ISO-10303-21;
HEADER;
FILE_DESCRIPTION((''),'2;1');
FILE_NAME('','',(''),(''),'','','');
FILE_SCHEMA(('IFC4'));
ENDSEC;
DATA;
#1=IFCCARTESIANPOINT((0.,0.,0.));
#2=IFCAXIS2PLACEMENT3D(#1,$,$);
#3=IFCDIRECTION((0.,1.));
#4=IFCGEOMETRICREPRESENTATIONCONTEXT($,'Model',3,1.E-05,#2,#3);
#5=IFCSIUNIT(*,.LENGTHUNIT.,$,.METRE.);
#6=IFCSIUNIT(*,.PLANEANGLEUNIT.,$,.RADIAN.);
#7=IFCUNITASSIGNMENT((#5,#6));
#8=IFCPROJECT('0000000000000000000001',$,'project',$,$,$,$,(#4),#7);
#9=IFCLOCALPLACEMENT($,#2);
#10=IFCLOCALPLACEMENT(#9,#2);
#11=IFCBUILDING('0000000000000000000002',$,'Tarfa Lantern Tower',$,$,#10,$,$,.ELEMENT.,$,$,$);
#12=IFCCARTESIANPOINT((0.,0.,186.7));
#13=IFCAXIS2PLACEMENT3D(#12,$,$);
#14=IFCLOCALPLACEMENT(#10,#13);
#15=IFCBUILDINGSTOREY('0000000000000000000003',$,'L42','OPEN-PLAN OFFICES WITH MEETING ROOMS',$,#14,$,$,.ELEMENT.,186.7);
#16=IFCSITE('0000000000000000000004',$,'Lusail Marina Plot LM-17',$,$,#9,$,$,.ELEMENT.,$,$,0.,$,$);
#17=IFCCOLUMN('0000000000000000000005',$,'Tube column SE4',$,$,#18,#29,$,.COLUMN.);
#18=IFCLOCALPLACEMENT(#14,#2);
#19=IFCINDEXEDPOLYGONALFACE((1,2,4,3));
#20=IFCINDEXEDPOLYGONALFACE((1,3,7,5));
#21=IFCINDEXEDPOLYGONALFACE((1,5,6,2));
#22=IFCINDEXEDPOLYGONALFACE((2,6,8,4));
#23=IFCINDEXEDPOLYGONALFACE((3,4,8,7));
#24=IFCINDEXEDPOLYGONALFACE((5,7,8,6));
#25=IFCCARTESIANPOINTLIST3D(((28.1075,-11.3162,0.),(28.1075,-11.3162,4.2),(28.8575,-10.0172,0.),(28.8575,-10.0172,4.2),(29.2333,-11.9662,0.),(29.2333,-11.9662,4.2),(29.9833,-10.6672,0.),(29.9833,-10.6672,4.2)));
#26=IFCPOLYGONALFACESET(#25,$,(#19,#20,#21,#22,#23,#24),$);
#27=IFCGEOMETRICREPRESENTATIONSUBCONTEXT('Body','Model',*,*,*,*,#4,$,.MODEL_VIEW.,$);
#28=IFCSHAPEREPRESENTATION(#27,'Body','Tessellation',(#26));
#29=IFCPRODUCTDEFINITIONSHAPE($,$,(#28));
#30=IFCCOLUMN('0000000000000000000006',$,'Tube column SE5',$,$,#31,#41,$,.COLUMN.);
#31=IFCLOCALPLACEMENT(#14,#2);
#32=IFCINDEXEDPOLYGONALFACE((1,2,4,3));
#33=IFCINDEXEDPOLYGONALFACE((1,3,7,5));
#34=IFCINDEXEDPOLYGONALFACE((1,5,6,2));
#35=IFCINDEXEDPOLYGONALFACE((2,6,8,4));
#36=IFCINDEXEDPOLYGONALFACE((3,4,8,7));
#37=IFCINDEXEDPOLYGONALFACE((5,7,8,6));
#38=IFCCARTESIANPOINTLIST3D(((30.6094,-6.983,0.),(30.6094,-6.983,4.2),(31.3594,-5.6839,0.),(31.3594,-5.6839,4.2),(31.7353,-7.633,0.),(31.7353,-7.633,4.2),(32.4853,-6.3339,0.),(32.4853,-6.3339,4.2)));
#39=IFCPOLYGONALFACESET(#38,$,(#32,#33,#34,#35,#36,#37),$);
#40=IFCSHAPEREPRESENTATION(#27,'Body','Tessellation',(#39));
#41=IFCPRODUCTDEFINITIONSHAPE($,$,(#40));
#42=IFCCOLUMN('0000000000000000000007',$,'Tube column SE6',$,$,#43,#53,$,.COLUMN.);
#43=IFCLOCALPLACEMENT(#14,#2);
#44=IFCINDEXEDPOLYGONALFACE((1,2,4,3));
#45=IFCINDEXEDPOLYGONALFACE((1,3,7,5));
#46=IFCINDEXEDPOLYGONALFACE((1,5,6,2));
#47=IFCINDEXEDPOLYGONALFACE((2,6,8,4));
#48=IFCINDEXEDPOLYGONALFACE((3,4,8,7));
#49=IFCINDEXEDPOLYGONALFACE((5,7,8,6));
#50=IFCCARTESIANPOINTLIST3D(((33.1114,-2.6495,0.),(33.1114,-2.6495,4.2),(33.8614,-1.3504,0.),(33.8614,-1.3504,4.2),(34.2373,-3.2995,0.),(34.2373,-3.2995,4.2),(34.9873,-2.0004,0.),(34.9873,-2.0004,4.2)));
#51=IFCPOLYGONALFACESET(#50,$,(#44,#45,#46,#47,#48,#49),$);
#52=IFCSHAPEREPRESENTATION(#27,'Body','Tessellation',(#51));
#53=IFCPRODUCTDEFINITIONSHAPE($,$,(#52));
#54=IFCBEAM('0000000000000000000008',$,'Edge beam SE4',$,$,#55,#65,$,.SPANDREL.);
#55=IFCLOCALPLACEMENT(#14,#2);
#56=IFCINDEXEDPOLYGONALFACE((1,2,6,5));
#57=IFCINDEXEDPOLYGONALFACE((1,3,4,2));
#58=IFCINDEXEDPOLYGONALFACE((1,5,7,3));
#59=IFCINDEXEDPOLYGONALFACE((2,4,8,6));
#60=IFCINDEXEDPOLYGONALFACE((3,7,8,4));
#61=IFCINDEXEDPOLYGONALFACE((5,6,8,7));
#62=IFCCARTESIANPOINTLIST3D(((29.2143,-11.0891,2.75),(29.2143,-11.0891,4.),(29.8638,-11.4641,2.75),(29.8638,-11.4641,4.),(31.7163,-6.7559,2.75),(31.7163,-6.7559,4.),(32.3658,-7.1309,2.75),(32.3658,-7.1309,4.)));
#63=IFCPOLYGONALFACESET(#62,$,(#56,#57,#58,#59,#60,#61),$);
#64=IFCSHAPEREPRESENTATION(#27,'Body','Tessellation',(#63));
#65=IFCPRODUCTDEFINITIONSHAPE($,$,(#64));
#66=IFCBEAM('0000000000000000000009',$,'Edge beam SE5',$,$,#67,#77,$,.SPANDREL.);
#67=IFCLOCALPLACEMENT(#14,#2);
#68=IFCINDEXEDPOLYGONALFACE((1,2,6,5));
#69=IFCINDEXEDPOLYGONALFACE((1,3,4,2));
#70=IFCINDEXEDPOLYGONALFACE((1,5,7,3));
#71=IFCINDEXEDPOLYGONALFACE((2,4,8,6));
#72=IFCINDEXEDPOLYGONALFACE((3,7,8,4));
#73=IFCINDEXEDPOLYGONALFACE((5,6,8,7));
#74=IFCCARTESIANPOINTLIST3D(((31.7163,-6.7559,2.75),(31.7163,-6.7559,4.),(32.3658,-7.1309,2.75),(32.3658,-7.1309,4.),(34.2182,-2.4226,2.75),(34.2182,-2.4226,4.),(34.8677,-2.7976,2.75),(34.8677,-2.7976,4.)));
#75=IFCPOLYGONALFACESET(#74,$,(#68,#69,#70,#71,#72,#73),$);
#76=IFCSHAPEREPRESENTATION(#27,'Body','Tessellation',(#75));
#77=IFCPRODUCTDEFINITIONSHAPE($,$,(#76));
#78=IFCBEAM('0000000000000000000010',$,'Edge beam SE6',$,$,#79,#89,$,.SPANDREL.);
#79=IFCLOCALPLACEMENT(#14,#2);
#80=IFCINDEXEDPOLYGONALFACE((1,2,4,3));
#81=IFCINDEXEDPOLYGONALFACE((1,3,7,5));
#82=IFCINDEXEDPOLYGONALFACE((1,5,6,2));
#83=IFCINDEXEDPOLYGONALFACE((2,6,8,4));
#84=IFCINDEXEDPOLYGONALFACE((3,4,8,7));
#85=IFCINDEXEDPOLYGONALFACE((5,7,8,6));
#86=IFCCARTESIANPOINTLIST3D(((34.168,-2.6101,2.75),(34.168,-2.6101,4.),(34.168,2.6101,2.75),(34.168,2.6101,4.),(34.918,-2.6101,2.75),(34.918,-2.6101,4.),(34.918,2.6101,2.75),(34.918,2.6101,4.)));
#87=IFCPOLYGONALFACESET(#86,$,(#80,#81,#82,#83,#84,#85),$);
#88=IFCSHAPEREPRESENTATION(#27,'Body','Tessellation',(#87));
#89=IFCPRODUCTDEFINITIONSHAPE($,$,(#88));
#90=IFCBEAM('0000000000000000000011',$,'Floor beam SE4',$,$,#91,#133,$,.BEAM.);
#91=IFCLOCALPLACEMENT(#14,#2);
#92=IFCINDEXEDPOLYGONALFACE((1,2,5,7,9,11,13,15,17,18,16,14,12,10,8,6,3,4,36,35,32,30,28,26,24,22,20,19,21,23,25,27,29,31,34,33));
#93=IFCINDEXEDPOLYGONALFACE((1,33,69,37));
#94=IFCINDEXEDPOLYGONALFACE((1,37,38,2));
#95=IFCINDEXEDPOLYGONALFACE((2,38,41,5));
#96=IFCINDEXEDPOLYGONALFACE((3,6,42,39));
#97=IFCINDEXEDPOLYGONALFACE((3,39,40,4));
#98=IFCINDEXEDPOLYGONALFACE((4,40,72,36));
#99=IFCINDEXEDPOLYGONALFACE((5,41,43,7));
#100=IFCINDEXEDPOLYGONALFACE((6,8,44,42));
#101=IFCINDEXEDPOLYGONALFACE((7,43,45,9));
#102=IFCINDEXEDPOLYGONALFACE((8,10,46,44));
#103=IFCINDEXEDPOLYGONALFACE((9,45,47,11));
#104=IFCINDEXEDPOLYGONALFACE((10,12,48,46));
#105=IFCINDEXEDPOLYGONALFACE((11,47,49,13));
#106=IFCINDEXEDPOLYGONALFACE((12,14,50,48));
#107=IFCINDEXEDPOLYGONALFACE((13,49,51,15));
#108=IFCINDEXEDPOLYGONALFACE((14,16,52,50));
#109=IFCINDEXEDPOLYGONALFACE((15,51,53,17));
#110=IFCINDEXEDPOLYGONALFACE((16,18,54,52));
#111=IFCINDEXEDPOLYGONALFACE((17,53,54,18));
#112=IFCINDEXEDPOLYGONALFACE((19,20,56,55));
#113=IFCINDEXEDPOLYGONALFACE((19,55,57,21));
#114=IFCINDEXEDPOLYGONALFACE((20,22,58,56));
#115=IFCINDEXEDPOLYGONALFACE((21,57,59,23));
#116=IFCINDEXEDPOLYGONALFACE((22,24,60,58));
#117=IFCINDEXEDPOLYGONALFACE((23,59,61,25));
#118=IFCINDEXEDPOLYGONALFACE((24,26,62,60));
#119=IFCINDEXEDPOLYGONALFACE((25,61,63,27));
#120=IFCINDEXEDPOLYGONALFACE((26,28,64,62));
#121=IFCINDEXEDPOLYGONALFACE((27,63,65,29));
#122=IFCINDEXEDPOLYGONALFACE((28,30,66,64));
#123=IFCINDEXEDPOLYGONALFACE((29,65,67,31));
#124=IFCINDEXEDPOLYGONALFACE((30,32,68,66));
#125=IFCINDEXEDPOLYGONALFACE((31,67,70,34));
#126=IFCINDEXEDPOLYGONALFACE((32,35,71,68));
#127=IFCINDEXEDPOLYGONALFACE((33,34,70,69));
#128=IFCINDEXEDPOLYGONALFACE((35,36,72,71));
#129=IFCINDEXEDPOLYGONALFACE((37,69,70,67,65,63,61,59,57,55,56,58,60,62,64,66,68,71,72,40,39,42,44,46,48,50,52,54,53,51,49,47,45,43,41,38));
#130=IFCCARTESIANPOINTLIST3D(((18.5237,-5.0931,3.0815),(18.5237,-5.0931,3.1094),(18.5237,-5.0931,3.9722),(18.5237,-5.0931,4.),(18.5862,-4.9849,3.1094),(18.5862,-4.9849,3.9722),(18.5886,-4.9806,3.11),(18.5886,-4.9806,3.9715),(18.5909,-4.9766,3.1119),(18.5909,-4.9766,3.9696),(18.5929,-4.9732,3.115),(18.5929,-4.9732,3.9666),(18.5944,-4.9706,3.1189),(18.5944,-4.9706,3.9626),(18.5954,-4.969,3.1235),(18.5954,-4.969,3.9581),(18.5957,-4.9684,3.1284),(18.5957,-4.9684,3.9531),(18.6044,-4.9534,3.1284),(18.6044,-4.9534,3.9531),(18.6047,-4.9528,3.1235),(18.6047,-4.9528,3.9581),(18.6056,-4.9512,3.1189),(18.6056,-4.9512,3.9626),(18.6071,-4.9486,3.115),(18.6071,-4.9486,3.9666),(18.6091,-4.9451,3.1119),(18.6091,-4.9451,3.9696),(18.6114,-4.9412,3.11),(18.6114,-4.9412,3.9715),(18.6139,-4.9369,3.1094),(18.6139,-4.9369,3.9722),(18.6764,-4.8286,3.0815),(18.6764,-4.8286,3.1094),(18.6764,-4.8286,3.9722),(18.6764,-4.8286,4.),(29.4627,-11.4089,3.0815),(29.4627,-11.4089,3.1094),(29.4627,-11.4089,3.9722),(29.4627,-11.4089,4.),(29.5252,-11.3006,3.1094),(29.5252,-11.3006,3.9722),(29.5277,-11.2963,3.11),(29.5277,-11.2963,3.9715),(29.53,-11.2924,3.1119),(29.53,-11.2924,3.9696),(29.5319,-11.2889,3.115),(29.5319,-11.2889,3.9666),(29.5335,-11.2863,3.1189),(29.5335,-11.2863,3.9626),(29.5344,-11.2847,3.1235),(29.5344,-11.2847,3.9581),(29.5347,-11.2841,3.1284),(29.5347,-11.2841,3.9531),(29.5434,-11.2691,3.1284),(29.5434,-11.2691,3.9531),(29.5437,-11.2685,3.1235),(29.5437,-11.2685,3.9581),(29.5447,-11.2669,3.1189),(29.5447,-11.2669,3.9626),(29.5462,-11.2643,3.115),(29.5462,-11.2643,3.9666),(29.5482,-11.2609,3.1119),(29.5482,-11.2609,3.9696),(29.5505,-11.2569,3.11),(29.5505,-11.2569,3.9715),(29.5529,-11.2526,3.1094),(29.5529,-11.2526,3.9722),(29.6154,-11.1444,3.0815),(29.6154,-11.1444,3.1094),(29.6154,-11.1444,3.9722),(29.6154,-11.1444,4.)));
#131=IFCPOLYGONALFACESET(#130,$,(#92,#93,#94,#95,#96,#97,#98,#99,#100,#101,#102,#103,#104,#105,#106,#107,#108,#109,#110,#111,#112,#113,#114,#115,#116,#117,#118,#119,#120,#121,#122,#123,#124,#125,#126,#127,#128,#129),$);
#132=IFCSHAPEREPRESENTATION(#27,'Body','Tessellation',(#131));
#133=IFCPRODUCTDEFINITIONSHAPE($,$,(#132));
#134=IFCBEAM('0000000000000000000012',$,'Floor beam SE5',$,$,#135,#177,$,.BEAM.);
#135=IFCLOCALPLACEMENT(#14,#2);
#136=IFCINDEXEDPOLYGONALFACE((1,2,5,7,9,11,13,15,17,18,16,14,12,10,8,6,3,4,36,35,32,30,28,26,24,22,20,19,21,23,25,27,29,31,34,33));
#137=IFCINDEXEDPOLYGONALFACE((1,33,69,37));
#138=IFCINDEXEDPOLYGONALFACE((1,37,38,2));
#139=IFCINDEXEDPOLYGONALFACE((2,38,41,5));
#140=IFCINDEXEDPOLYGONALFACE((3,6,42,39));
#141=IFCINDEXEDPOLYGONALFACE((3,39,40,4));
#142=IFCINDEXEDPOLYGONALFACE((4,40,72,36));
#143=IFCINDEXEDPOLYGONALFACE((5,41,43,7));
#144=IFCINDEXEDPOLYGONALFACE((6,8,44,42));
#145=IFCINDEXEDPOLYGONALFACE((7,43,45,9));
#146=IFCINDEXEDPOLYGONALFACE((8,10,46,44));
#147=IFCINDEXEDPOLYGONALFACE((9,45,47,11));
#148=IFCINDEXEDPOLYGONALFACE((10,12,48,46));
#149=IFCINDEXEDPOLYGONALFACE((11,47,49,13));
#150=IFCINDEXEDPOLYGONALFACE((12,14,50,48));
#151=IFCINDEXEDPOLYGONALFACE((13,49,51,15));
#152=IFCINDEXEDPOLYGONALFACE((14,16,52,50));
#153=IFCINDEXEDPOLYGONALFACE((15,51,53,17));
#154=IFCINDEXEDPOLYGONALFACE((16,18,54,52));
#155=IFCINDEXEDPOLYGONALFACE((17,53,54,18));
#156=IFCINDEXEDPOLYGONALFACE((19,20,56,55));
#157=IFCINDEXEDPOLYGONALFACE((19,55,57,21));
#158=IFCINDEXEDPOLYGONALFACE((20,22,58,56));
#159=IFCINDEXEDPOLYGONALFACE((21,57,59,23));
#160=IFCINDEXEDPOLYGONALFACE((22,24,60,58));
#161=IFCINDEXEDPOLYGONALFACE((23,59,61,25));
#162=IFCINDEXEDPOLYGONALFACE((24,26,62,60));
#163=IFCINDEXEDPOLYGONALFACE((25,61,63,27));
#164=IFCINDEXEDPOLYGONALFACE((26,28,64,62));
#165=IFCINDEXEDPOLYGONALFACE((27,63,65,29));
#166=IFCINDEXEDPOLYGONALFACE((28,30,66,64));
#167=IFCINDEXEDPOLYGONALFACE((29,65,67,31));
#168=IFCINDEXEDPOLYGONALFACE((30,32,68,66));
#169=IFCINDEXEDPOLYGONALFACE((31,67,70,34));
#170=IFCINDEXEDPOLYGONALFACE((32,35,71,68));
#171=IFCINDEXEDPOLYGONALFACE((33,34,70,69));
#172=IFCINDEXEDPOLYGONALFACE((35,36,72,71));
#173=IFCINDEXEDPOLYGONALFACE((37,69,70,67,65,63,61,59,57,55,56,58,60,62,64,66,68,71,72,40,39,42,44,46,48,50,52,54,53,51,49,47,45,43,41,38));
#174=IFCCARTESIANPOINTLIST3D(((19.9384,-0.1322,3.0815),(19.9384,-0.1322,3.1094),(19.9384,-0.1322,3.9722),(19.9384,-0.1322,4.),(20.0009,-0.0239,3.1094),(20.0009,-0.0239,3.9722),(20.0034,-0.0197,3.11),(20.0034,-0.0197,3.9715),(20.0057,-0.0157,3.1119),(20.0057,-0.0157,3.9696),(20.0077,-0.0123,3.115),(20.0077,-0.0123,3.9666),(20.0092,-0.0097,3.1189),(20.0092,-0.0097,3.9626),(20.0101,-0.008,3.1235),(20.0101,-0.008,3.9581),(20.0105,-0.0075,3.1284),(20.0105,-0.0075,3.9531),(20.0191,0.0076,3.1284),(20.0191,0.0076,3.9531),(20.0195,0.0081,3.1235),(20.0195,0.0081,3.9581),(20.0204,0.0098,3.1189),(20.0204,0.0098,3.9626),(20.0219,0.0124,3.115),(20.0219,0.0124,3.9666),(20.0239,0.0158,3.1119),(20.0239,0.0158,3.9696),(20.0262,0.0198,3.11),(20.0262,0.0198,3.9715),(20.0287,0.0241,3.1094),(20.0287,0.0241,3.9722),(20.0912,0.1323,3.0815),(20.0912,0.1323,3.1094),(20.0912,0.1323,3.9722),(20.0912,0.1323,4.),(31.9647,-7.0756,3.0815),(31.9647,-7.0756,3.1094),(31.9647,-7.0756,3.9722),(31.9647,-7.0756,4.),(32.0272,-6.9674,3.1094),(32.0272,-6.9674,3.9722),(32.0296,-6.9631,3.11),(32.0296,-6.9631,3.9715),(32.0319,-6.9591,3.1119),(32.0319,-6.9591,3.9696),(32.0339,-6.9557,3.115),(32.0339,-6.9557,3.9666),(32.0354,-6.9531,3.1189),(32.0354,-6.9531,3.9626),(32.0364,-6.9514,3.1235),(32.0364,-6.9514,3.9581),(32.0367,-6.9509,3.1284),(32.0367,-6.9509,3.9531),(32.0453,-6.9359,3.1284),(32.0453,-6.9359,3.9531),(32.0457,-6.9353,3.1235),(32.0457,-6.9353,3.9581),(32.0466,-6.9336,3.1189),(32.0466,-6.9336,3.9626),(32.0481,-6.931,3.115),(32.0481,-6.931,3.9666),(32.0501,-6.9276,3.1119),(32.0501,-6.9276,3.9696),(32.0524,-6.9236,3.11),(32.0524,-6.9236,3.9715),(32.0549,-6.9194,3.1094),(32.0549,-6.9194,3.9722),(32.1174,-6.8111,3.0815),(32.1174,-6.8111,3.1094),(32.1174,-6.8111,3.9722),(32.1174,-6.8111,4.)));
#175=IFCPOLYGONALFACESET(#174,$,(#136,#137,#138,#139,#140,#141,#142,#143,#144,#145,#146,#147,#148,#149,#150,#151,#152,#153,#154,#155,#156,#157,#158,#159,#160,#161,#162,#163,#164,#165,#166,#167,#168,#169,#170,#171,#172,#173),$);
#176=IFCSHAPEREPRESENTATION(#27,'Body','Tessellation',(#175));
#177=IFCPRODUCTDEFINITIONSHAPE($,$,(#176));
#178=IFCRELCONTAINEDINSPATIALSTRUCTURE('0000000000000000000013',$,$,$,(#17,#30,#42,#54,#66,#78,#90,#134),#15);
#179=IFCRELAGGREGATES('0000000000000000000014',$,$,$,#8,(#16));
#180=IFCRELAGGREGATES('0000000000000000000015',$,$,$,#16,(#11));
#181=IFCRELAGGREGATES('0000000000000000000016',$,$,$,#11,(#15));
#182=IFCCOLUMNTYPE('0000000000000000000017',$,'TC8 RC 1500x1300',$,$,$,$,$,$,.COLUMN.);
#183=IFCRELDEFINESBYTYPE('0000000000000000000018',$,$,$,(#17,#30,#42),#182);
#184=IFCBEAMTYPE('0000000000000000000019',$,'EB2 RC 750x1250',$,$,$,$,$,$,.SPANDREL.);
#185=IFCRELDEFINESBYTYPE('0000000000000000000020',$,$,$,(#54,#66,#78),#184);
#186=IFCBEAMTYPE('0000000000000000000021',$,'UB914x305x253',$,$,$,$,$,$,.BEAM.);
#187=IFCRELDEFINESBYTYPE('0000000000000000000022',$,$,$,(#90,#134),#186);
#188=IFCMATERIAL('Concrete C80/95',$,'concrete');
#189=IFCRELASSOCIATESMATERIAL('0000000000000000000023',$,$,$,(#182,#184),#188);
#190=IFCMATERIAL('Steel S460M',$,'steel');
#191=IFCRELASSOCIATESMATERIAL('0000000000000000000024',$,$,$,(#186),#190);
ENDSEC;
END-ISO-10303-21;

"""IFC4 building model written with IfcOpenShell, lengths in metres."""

from ifc_helpers import new_model, si_unit, direction, frame, origin, origin_2d, place, context, subcontext, project, spatial, rectangle, i_section, extrude, material, material_profile, profile_set, type_object, element, save


model = new_model("IFC4")

# Units and contexts
model_context = context("Model", 3, precision=1e-05, world=origin(), true_north=direction((0.0, 1.0)))
body_context = subcontext(model_context, "Body", "Model", "MODEL_VIEW")
ifc_project = project(units=[si_unit("LENGTHUNIT", "METRE"), si_unit("PLANEANGLEUNIT", "RADIAN")], contexts=[model_context])

# Site, building, storey
site_placement = place(None, origin())
site = spatial("IfcSite", under=ifc_project, at=site_placement, Name="Lusail Marina Plot LM-17", CompositionType="ELEMENT", RefElevation=0.0)
building_placement = place(site_placement, origin())
building = spatial("IfcBuilding", under=site, at=building_placement, Name="Tarfa Lantern Tower", CompositionType="ELEMENT")
storey_placement = place(building_placement, frame((0.0, 0.0, 186.7)))
storey = spatial("IfcBuildingStorey", under=building, at=storey_placement, Name="L42", Description="OPEN-PLAN OFFICES WITH MEETING ROOMS", CompositionType="ELEMENT", Elevation=186.7)

# Columns
ifc_material_1 = material(Name="Concrete C80/95", Category="concrete")
ifc_material_profile_1 = material_profile(ifc_material_1, rectangle(XDim=1.5, YDim=1.3, at=origin_2d()), Name="RC 1500x1300")
ifc_profile_set_1 = profile_set([ifc_material_profile_1], Name="Concrete C80/95")
column_type = type_object("IfcColumnType", Name="TC8 RC 1500x1300", PredefinedType="COLUMN", material=ifc_profile_set_1)
for number, where, z_axis, x_axis, name in (
    (1, (29.0454, -10.9917, 0.0), (0.0, 0.0, 1.0), (0.5, 0.866025, 0.0), "Tube column SE4"),
    (2, (31.5474, -6.6584, 0.0), (0.0, 0.0, 1.0), (0.5, 0.866025, 0.0), "Tube column SE5"),
    (3, (34.0493, -2.325, 0.0), (0.0, 0.0, 1.0), (0.5, 0.866025, 0.0), "Tube column SE6"),
):
    element("IfcColumn", number, at=place(storey_placement, frame(where, z_axis=z_axis, x_axis=x_axis)), inside=storey, type_object=column_type, Name=name, PredefinedType="COLUMN", context=body_context, shape_type="SweptSolid", body=[
        extrude(rectangle(XDim=1.5, YDim=1.3, at=origin_2d()), origin(), (0.0, 0.0, 1.0), 4.2),
    ])

# Beams
ifc_material_profile_2 = material_profile(ifc_material_1, rectangle(XDim=0.75, YDim=1.25, at=origin_2d()), Name="RC 750x1250")
ifc_profile_set_2 = profile_set([ifc_material_profile_2], Name="Concrete C80/95")
beam_type_1 = type_object("IfcBeamType", Name="EB2 RC 750x1250", PredefinedType="SPANDREL", material=ifc_profile_set_2)
for number, where, z_axis, x_axis, name in (
    (4, (29.5391, -11.2766, 3.375), (0.500022, 0.866013, 0.0), (-0.866013, 0.500022, 0.0), "Edge beam SE4"),
    (5, (32.041, -6.9434, 3.375), (0.500022, 0.866013, 0.0), (-0.866013, 0.500022, 0.0), "Edge beam SE5"),
):
    element("IfcBeam", number, at=place(storey_placement, frame(where, z_axis=z_axis, x_axis=x_axis)), inside=storey, type_object=beam_type_1, Name=name, PredefinedType="SPANDREL", context=body_context, shape_type="SweptSolid", body=[
        extrude(rectangle(XDim=0.75, YDim=1.25, at=origin_2d()), origin(), (0.0, 0.0, 1.0), 5.0037),
    ])
beam_1_placement = place(storey_placement, frame((34.543, -2.6101, 3.375), z_axis=(0.0, 1.0, 0.0), x_axis=(-1.0, 0.0, 0.0)))
element("IfcBeam", 6, at=beam_1_placement, inside=storey, type_object=beam_type_1, Name="Edge beam SE6", PredefinedType="SPANDREL", context=body_context, shape_type="SweptSolid", body=[
    extrude(rectangle(XDim=0.75, YDim=1.25, at=origin_2d()), origin(), (0.0, 0.0, 1.0), 5.2202),
])
ifc_material_2 = material(Name="Steel S460M", Category="steel")
ifc_material_profile_3 = material_profile(ifc_material_2, i_section(OverallWidth=0.3054, OverallDepth=0.9185, WebThickness=0.0173, FlangeThickness=0.0278, FilletRadius=0.019, at=origin_2d()), Name="UB914x305x253")
ifc_profile_set_3 = profile_set([ifc_material_profile_3], Name="Steel S460M")
beam_type_2 = type_object("IfcBeamType", Name="UB914x305x253", PredefinedType="BEAM", material=ifc_profile_set_3)
beam_2_placement = place(storey_placement, frame((29.5391, -11.2766, 3.5408), z_axis=(-0.866023, 0.500004, 0.0), x_axis=(-0.500004, -0.866023, 0.0)))
element("IfcBeam", 7, at=beam_2_placement, inside=storey, type_object=beam_type_2, Name="Floor beam SE4", PredefinedType="BEAM", context=body_context, shape_type="SweptSolid", body=[
    extrude(i_section(OverallWidth=0.3054, OverallDepth=0.9185, WebThickness=0.0173, FlangeThickness=0.0278, FilletRadius=0.019, at=origin_2d()), origin(), (0.0, 0.0, 1.0), 12.6313),
])
beam_3_placement = place(storey_placement, frame((32.041, -6.9434, 3.5408), z_axis=(-0.866023, 0.500004, 0.0), x_axis=(-0.500004, -0.866023, 0.0)))
element("IfcBeam", 8, at=beam_3_placement, inside=storey, type_object=beam_type_2, Name="Floor beam SE5", PredefinedType="BEAM", context=body_context, shape_type="SweptSolid", body=[
    extrude(i_section(OverallWidth=0.3054, OverallDepth=0.9185, WebThickness=0.0173, FlangeThickness=0.0278, FilletRadius=0.019, at=origin_2d()), origin(), (0.0, 0.0, 1.0), 13.8867),
])

save(model, "model.ifc")
